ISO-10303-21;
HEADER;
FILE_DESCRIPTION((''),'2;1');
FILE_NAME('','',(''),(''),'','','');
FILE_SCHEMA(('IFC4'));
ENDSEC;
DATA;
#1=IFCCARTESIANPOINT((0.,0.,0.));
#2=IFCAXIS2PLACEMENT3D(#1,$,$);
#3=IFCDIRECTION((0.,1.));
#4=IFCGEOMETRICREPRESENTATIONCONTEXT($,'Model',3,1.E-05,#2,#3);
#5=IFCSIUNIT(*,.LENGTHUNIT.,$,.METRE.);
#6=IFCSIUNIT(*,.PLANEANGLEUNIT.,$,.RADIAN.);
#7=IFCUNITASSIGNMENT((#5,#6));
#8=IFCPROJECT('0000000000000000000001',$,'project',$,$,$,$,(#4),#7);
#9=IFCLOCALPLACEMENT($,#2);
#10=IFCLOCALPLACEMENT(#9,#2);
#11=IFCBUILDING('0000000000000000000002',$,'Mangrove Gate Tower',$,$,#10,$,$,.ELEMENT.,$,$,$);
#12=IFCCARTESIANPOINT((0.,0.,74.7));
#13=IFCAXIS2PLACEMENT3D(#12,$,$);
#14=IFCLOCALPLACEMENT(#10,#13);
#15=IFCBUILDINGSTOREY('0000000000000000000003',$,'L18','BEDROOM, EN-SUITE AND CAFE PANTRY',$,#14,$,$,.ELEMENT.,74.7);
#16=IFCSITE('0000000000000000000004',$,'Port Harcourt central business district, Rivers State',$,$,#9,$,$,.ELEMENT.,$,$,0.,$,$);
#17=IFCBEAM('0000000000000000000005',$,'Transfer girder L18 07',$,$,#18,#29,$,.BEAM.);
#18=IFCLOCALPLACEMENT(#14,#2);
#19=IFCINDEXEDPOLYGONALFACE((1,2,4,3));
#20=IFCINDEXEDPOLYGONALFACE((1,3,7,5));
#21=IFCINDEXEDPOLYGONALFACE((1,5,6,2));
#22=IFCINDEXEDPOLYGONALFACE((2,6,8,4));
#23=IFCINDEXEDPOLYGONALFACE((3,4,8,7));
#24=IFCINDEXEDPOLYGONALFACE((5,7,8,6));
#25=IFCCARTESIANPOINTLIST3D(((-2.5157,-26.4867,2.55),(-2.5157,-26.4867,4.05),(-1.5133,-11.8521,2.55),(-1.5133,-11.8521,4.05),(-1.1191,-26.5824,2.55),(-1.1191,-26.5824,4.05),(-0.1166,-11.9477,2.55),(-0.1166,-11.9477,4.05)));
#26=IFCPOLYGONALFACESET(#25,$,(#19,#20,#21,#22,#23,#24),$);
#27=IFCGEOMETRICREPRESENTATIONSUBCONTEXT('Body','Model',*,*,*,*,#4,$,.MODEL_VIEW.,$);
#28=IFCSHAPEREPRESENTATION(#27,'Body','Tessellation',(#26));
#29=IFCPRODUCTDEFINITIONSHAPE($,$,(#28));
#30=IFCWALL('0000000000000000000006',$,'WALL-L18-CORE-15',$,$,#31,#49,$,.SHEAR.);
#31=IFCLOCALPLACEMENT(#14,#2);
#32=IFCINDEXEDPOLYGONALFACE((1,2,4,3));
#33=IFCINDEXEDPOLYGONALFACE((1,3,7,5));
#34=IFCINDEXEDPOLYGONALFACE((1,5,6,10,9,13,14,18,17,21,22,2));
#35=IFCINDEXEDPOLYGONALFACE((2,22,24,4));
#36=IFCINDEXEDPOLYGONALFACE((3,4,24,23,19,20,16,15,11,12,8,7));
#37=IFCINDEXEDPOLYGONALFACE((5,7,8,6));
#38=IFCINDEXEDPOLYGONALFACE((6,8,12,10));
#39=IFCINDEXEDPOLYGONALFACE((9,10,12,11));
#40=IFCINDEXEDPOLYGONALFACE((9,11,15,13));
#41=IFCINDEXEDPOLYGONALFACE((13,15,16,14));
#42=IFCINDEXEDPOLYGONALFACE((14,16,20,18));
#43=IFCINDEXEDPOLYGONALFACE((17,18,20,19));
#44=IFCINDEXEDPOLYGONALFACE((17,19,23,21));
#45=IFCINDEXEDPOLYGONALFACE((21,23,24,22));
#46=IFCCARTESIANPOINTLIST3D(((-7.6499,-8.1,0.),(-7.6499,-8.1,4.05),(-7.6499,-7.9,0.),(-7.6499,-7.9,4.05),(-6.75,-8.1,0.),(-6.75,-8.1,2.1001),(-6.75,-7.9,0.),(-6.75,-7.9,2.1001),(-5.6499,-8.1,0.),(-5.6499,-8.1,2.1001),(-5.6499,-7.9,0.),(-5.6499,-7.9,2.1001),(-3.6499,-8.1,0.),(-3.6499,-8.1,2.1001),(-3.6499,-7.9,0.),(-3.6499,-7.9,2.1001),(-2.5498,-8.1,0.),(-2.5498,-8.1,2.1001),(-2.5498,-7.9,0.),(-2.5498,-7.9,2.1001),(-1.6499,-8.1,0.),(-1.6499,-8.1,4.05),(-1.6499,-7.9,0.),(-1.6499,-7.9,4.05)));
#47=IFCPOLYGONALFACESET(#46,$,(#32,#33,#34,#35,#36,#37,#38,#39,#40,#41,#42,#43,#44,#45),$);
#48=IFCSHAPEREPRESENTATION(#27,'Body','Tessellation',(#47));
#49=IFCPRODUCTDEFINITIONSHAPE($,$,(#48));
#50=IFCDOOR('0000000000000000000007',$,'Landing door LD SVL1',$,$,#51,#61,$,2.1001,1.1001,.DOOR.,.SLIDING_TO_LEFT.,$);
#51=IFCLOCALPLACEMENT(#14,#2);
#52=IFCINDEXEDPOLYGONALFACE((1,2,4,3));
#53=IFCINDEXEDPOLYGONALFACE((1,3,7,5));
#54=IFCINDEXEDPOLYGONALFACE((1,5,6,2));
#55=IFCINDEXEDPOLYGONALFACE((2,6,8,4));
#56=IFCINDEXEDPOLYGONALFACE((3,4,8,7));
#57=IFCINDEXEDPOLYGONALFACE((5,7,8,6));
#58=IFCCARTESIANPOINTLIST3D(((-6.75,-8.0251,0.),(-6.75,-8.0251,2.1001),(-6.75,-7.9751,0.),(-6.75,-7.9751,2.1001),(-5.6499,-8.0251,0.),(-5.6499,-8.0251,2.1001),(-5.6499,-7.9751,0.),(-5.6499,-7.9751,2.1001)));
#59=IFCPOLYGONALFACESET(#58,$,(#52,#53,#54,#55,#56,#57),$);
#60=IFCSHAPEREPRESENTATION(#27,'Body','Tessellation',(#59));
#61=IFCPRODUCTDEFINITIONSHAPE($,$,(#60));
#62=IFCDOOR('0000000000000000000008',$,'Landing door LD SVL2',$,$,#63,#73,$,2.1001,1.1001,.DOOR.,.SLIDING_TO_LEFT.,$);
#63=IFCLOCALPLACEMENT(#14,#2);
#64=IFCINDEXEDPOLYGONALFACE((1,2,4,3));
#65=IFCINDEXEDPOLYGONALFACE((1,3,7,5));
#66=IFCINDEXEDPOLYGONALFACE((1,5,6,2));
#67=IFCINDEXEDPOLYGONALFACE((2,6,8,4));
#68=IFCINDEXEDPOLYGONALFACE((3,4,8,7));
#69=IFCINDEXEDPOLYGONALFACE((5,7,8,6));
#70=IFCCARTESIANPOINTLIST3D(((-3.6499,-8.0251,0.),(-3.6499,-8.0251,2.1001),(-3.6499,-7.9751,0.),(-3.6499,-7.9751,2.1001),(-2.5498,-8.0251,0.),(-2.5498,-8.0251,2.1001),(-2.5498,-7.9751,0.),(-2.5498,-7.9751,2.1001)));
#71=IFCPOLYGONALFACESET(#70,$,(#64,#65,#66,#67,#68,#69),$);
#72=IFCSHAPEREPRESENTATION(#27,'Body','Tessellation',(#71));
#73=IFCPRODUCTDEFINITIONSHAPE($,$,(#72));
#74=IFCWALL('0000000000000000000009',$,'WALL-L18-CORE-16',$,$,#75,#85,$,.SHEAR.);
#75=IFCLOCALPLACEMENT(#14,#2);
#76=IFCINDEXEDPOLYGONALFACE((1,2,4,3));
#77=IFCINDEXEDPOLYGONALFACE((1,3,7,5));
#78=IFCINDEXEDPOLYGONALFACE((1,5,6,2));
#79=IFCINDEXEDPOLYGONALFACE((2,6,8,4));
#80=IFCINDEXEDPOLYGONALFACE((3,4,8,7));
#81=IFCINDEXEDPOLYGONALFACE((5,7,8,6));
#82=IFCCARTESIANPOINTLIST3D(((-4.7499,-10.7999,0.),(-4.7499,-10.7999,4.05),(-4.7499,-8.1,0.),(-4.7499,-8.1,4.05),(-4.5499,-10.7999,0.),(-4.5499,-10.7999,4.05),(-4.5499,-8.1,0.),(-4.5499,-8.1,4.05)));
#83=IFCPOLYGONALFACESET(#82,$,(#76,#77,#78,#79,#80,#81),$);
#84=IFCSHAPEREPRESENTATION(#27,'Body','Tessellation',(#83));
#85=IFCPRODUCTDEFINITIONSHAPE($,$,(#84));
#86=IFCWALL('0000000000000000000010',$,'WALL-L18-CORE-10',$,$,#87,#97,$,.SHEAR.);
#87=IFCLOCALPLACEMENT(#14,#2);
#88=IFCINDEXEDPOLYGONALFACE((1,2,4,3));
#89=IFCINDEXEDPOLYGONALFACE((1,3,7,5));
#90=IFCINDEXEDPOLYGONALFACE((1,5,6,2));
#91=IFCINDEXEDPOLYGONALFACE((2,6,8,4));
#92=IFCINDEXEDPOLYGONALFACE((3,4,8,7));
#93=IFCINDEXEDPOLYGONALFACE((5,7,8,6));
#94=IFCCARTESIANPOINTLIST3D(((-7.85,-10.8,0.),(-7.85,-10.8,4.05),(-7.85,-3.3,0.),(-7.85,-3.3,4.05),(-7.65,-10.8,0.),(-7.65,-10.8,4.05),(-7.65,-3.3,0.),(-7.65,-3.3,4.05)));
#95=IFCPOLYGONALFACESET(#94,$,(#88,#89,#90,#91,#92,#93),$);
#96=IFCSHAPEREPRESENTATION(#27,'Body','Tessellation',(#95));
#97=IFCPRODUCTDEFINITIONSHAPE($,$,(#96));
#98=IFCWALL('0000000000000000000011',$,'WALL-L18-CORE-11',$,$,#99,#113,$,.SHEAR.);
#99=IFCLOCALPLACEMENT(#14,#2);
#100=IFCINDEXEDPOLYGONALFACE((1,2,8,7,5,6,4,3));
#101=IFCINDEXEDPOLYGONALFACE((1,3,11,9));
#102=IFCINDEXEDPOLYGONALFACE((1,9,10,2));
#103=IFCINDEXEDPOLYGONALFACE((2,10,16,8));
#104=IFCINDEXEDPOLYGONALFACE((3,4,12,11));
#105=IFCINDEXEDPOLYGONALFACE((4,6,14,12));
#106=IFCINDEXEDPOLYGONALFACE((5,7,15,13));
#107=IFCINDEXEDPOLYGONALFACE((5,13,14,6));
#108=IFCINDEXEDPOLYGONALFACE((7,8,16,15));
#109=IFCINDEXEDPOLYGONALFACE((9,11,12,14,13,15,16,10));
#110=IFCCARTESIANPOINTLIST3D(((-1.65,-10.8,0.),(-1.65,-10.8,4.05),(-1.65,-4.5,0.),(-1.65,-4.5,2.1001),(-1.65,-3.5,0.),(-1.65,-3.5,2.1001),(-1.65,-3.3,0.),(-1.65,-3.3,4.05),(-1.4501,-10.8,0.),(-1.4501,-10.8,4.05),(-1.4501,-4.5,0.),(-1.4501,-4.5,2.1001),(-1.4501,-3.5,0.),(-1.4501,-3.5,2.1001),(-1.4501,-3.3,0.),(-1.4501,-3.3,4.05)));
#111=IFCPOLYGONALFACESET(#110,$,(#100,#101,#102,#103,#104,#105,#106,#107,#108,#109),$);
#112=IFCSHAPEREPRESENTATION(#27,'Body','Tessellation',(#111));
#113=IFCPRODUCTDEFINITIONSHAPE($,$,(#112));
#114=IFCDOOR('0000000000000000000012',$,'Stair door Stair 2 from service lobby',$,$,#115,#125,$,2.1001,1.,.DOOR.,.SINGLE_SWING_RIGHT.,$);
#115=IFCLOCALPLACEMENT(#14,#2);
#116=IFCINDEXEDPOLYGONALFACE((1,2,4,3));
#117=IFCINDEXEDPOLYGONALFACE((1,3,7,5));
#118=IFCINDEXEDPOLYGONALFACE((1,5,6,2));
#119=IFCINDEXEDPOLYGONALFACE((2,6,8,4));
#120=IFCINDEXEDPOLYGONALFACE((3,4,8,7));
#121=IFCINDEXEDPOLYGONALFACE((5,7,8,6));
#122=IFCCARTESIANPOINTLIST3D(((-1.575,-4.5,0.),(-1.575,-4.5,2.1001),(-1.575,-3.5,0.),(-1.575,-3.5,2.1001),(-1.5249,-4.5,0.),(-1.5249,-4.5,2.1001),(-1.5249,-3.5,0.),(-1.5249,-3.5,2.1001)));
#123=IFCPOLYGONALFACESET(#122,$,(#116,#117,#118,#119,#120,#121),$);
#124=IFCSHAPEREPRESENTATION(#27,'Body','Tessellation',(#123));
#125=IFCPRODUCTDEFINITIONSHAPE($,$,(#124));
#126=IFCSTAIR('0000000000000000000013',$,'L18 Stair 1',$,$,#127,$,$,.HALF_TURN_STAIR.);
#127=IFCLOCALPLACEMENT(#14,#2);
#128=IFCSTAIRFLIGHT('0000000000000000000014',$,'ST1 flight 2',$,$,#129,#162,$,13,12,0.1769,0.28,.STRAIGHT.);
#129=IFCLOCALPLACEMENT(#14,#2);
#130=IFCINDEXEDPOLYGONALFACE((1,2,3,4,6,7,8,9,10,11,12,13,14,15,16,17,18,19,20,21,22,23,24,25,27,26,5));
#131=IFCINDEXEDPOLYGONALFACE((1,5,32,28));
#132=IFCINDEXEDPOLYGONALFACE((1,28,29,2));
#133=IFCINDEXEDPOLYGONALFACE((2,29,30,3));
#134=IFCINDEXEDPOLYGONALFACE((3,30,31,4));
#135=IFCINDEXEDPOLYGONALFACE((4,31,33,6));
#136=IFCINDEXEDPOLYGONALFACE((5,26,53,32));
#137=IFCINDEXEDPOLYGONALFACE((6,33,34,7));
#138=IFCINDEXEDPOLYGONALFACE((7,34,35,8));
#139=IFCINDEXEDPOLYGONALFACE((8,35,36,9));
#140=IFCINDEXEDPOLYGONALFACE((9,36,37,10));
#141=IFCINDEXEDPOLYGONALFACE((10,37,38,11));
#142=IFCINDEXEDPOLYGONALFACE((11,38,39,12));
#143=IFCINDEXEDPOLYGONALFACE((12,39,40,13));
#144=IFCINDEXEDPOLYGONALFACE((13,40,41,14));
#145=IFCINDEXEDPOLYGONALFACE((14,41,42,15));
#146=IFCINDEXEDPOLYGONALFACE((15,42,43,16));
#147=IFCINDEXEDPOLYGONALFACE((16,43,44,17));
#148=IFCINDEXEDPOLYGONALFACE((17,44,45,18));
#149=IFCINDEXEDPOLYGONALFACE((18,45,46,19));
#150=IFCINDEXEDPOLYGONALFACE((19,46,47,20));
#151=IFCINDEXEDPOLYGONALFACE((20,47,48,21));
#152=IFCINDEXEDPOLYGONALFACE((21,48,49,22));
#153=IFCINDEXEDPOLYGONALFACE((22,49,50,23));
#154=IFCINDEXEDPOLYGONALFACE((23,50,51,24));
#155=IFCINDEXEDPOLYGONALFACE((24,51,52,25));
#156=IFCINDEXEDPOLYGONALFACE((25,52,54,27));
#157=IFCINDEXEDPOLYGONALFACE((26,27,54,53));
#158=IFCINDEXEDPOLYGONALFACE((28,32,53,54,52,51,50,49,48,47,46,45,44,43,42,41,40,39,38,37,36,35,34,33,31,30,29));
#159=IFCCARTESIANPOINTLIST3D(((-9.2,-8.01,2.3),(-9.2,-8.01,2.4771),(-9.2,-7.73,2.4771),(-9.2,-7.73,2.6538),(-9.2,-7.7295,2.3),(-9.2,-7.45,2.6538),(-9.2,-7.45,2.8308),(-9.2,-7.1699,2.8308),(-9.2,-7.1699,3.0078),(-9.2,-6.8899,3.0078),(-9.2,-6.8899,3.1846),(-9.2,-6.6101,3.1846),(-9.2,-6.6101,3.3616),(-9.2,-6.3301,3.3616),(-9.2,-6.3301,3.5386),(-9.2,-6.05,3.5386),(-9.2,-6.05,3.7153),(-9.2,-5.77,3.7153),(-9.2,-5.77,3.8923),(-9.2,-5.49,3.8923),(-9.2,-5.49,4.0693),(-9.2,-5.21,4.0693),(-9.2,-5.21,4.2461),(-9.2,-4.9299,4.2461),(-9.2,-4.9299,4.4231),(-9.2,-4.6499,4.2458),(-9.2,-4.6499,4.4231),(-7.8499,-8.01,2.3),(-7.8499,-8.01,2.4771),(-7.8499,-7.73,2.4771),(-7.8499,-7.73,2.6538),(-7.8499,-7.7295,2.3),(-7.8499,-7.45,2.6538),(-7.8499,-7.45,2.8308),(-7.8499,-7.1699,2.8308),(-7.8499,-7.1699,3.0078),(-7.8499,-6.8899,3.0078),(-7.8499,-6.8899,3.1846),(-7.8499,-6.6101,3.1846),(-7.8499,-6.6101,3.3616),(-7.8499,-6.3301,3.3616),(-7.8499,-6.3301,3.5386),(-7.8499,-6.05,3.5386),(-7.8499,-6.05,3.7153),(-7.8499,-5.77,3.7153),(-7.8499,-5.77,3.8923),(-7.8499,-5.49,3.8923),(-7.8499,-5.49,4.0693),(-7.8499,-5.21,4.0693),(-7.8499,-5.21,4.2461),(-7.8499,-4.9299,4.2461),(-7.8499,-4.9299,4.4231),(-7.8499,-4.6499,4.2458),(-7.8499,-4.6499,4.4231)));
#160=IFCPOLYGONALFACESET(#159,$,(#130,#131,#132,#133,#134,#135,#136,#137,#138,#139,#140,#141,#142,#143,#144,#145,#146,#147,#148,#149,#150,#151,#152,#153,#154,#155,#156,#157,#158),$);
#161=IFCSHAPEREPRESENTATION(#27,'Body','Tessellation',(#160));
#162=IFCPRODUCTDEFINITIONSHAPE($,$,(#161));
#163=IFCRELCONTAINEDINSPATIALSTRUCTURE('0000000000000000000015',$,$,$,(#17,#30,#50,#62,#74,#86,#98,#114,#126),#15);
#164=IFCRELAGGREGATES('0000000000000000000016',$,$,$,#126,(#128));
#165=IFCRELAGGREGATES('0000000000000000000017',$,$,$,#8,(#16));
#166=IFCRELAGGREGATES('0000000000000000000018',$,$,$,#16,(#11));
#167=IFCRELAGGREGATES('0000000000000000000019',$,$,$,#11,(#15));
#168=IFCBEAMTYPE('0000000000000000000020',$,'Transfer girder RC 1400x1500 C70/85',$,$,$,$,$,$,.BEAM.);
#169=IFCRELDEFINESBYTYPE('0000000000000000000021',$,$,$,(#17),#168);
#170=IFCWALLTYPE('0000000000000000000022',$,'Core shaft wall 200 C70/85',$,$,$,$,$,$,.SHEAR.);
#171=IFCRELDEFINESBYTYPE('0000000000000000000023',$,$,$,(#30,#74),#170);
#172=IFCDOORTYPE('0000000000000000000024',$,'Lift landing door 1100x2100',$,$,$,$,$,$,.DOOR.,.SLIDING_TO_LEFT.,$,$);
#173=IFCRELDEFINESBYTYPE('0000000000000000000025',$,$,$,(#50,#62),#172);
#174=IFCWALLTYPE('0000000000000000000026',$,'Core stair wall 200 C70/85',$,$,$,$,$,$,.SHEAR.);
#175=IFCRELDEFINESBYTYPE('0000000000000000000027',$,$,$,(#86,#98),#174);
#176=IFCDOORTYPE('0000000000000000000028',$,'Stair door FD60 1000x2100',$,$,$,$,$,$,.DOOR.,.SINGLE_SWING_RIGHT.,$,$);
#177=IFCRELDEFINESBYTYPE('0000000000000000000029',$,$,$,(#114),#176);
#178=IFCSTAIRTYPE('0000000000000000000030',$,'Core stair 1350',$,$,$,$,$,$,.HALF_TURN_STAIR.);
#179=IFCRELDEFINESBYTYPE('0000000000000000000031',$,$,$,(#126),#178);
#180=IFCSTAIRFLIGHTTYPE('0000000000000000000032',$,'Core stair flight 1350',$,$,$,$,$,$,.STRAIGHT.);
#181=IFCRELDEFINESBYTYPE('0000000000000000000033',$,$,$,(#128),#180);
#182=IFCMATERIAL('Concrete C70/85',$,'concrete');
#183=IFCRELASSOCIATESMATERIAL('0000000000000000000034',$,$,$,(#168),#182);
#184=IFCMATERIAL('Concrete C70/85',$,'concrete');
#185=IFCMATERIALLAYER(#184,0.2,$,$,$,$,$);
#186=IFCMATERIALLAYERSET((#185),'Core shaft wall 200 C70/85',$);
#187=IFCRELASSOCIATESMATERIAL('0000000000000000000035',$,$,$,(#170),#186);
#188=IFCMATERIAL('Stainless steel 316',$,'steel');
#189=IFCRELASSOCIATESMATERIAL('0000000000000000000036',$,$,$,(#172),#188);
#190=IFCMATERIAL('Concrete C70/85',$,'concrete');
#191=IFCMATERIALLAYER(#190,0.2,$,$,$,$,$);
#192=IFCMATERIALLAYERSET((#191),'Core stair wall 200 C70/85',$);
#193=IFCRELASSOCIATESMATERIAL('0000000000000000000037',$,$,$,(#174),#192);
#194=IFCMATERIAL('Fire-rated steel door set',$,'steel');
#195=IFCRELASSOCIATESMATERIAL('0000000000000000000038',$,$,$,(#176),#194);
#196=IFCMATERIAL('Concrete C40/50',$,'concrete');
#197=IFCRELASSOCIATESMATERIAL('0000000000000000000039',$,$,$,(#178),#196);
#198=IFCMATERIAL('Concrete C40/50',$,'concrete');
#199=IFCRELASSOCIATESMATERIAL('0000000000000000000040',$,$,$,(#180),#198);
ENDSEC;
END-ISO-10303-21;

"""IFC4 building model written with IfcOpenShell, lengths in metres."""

from ifc_helpers import new_model, si_unit, direction, frame, frame_2d, origin, origin_2d, place, context, subcontext, project, spatial, polyline, rectangle, outline, extrude, material, layer, layer_set, material_profile, profile_set, type_object, element, fill, aggregate, save


model = new_model("IFC4")

# Units and contexts
model_context = context("Model", 3, precision=1e-05, world=origin(), true_north=direction((0.0, 1.0)))
body_context = subcontext(model_context, "Body", "Model", "MODEL_VIEW")
ifc_project = project(units=[si_unit("LENGTHUNIT", "METRE"), si_unit("PLANEANGLEUNIT", "RADIAN")], contexts=[model_context])

# Site, building, storey
site_placement = place(None, origin())
site = spatial("IfcSite", under=ifc_project, at=site_placement, Name="Port Harcourt central business district, Rivers State", CompositionType="ELEMENT", RefElevation=0.0)
building_placement = place(site_placement, origin())
building = spatial("IfcBuilding", under=site, at=building_placement, Name="Mangrove Gate Tower", CompositionType="ELEMENT")
storey_placement = place(building_placement, frame((0.0, 0.0, 74.7)))
storey = spatial("IfcBuildingStorey", under=building, at=storey_placement, Name="L18", Description="BEDROOM, EN-SUITE AND CAFE PANTRY", CompositionType="ELEMENT", Elevation=74.7)

# Beam
ifc_material_1 = material(Name="Concrete C70/85", Category="concrete")
ifc_material_profile = material_profile(ifc_material_1, rectangle(XDim=1.3999, YDim=1.5, at=origin_2d()))
ifc_profile_set = profile_set([ifc_material_profile], Name="Concrete C70/85")
beam_type = type_object("IfcBeamType", Name="Transfer girder RC 1400x1500 C70/85", PredefinedType="BEAM", material=ifc_profile_set)
beam_placement = place(storey_placement, frame((-0.8149, -11.8999, 3.3), z_axis=(-0.068337, -0.997662, 0.0), x_axis=(0.997662, -0.068337, 0.0)))
element("IfcBeam", 1, at=beam_placement, inside=storey, type_object=beam_type, Name="Transfer girder L18 07", PredefinedType="BEAM", context=body_context, shape_type="SweptSolid", body=[
    extrude(rectangle(XDim=1.3999, YDim=1.5, at=origin_2d()), origin(), (0.0, 0.0, 1.0), 14.6689),
])

# Wall, openings, doors
ifc_material_2 = material(Name="Concrete C70/85", Category="concrete")
ifc_layer_1 = layer(ifc_material_2, 0.2)
ifc_layer_set_1 = layer_set([ifc_layer_1], Name="Core shaft wall 200 C70/85")
wall_type_1 = type_object("IfcWallType", Name="Core shaft wall 200 C70/85", PredefinedType="SHEAR", material=ifc_layer_set_1)
wall_1_placement = place(storey_placement, frame((-7.6499, -8.0, 0.0), z_axis=(0.0, 0.0, 1.0), x_axis=(1.0, 0.0, 0.0)))
wall_1 = element("IfcWall", 2, at=wall_1_placement, inside=storey, type_object=wall_type_1, Name="WALL-L18-CORE-15", PredefinedType="SHEAR", context=body_context, shape_type="SweptSolid", body=[
    extrude(rectangle(XDim=6.0, YDim=0.2, at=frame_2d((3.0, 0.0))), origin(), (0.0, 0.0, 1.0), 4.05),
])
opening_1_placement = place(wall_1_placement, frame((0.8999, 0.0, 0.0)))
opening_1 = element("IfcOpeningElement", 3, at=opening_1_placement, cuts=wall_1, PredefinedType="OPENING", context=body_context, shape_type="SweptSolid", body=[
    extrude(rectangle(XDim=1.1001, YDim=2.1001, at=frame_2d((0.55, 1.05))), frame((0.0, 0.1099, 0.0), z_axis=(0.0, -1.0, 0.0), x_axis=(1.0, 0.0, 0.0)), (0.0, 0.0, 1.0), 0.22),
])
opening_2_placement = place(wall_1_placement, frame((4.0, 0.0, 0.0)))
opening_2 = element("IfcOpeningElement", 4, at=opening_2_placement, cuts=wall_1, PredefinedType="OPENING", context=body_context, shape_type="SweptSolid", body=[
    extrude(rectangle(XDim=1.1001, YDim=2.1001, at=frame_2d((0.55, 1.05))), frame((0.0, 0.1099, 0.0), z_axis=(0.0, -1.0, 0.0), x_axis=(1.0, 0.0, 0.0)), (0.0, 0.0, 1.0), 0.22),
])
ifc_material_3 = material(Name="Stainless steel 316", Category="steel")
door_type_1 = type_object("IfcDoorType", Name="Lift landing door 1100x2100", OperationType="SLIDING_TO_LEFT", PredefinedType="DOOR", material=ifc_material_3)
door_1_placement = place(opening_1_placement, origin())
door_1 = element("IfcDoor", 5, at=door_1_placement, inside=storey, type_object=door_type_1, Name="Landing door LD SVL1", OperationType="SLIDING_TO_LEFT", OverallHeight=2.1001, OverallWidth=1.1001, PredefinedType="DOOR", context=body_context, shape_type="SweptSolid", body=[
    extrude(rectangle(XDim=1.1001, YDim=2.1001, at=frame_2d((0.55, 1.05))), frame((0.0, 0.0249, 0.0), z_axis=(0.0, -1.0, 0.0), x_axis=(1.0, 0.0, 0.0)), (0.0, 0.0, 1.0), 0.05),
])
fill(opening_1, door_1)
door_2_placement = place(opening_2_placement, origin())
door_2 = element("IfcDoor", 6, at=door_2_placement, inside=storey, type_object=door_type_1, Name="Landing door LD SVL2", OperationType="SLIDING_TO_LEFT", OverallHeight=2.1001, OverallWidth=1.1001, PredefinedType="DOOR", context=body_context, shape_type="SweptSolid", body=[
    extrude(rectangle(XDim=1.1001, YDim=2.1001, at=frame_2d((0.55, 1.05))), frame((0.0, 0.0249, 0.0), z_axis=(0.0, -1.0, 0.0), x_axis=(1.0, 0.0, 0.0)), (0.0, 0.0, 1.0), 0.05),
])
fill(opening_2, door_2)

# Walls
wall_2_placement = place(storey_placement, frame((-4.6499, -10.8, 0.0), z_axis=(0.0, 0.0, 1.0), x_axis=(0.0, 1.0, 0.0)))
element("IfcWall", 7, at=wall_2_placement, inside=storey, type_object=wall_type_1, Name="WALL-L18-CORE-16", PredefinedType="SHEAR", context=body_context, shape_type="SweptSolid", body=[
    extrude(rectangle(XDim=2.7, YDim=0.2, at=frame_2d((1.3501, 0.0))), origin(), (0.0, 0.0, 1.0), 4.05),
])
ifc_material_4 = material(Name="Concrete C70/85", Category="concrete")
ifc_layer_2 = layer(ifc_material_4, 0.2)
ifc_layer_set_2 = layer_set([ifc_layer_2], Name="Core stair wall 200 C70/85")
wall_type_2 = type_object("IfcWallType", Name="Core stair wall 200 C70/85", PredefinedType="SHEAR", material=ifc_layer_set_2)
wall_3_placement = place(storey_placement, frame((-7.75, -10.8, 0.0), z_axis=(0.0, 0.0, 1.0), x_axis=(0.0, 1.0, 0.0)))
element("IfcWall", 8, at=wall_3_placement, inside=storey, type_object=wall_type_2, Name="WALL-L18-CORE-10", PredefinedType="SHEAR", context=body_context, shape_type="SweptSolid", body=[
    extrude(rectangle(XDim=7.5, YDim=0.2, at=frame_2d((3.75, 0.0))), origin(), (0.0, 0.0, 1.0), 4.05),
])

# Wall, opening, door
wall_4_placement = place(storey_placement, frame((-1.55, -10.8, 0.0), z_axis=(0.0, 0.0, 1.0), x_axis=(0.0, 1.0, 0.0)))
wall_4 = element("IfcWall", 9, at=wall_4_placement, inside=storey, type_object=wall_type_2, Name="WALL-L18-CORE-11", PredefinedType="SHEAR", context=body_context, shape_type="SweptSolid", body=[
    extrude(rectangle(XDim=7.5, YDim=0.2, at=frame_2d((3.75, 0.0))), origin(), (0.0, 0.0, 1.0), 4.05),
])
opening_3_placement = place(wall_4_placement, frame((6.3, 0.0, 0.0)))
opening_3 = element("IfcOpeningElement", 10, at=opening_3_placement, cuts=wall_4, PredefinedType="OPENING", context=body_context, shape_type="SweptSolid", body=[
    extrude(rectangle(XDim=1.0, YDim=2.1001, at=frame_2d((0.5, 1.05))), frame((0.0, 0.1099, 0.0), z_axis=(0.0, -1.0, 0.0), x_axis=(1.0, 0.0, 0.0)), (0.0, 0.0, 1.0), 0.22),
])
ifc_material_5 = material(Name="Fire-rated steel door set", Category="steel")
door_type_2 = type_object("IfcDoorType", Name="Stair door FD60 1000x2100", OperationType="SINGLE_SWING_RIGHT", PredefinedType="DOOR", material=ifc_material_5)
door_3_placement = place(opening_3_placement, origin())
door_3 = element("IfcDoor", 11, at=door_3_placement, inside=storey, type_object=door_type_2, Name="Stair door Stair 2 from service lobby", OperationType="SINGLE_SWING_RIGHT", OverallHeight=2.1001, OverallWidth=1.0, PredefinedType="DOOR", context=body_context, shape_type="SweptSolid", body=[
    extrude(rectangle(XDim=1.0, YDim=2.1001, at=frame_2d((0.5, 1.05))), frame((0.0, 0.0249, 0.0), z_axis=(0.0, -1.0, 0.0), x_axis=(1.0, 0.0, 0.0)), (0.0, 0.0, 1.0), 0.05),
])
fill(opening_3, door_3)

# Stair, stair flight
ifc_material_6 = material(Name="Concrete C40/50", Category="concrete")
stair_type = type_object("IfcStairType", Name="Core stair 1350", PredefinedType="HALF_TURN_STAIR", material=ifc_material_6)
stair_1_placement = place(storey_placement, origin())
stair_1 = element("IfcStair", 12, at=stair_1_placement, inside=storey, type_object=stair_type, Name="L18 Stair 1", PredefinedType="HALF_TURN_STAIR")
ifc_material_7 = material(Name="Concrete C40/50", Category="concrete")
stair_flight_type = type_object("IfcStairFlightType", Name="Core stair flight 1350", PredefinedType="STRAIGHT", material=ifc_material_7)
stair_flight_1_placement = place(storey_placement, frame((-8.5249, -8.01, 2.3), z_axis=(0.0, 0.0, 1.0), x_axis=(0.0, 1.0, 0.0)))
stair_flight_1 = element("IfcStairFlight", 13, at=stair_flight_1_placement, type_object=stair_flight_type, Name="ST1 flight 2", NumberOfRisers=13, NumberOfTreads=12, PredefinedType="STRAIGHT", RiserHeight=0.1769, TreadLength=0.28, context=body_context, shape_type="SweptSolid", body=[
    extrude(outline(polyline([(0.0, 0.0), (0.0, 0.177), (0.28, 0.177), (0.28, 0.3538), (0.5601, 0.3538), (0.5601, 0.5308), (0.8401, 0.5308), (0.8401, 0.7078), (1.1201, 0.7078), (1.1201, 0.8845), (1.3999, 0.8845), (1.3999, 1.0615), (1.6799, 1.0615), (1.6799, 1.2385), (1.96, 1.2385), (1.96, 1.4153), (2.24, 1.4153), (2.24, 1.5923), (2.52, 1.5923), (2.52, 1.7693), (2.8, 1.7693), (2.8, 1.946), (3.0801, 1.946), (3.0801, 2.123), (3.3601, 2.123), (3.3601, 2.3), (3.3601, 1.9458), (0.2805, 0.0), (0.0, 0.0)])), frame((0.0, 0.675, 0.0), z_axis=(0.0, -1.0, 0.0), x_axis=(1.0, 0.0, 0.0)), (0.0, 0.0, 1.0), 1.3501),
])
aggregate(stair_1, [stair_flight_1])

save(model, "model.ifc")
